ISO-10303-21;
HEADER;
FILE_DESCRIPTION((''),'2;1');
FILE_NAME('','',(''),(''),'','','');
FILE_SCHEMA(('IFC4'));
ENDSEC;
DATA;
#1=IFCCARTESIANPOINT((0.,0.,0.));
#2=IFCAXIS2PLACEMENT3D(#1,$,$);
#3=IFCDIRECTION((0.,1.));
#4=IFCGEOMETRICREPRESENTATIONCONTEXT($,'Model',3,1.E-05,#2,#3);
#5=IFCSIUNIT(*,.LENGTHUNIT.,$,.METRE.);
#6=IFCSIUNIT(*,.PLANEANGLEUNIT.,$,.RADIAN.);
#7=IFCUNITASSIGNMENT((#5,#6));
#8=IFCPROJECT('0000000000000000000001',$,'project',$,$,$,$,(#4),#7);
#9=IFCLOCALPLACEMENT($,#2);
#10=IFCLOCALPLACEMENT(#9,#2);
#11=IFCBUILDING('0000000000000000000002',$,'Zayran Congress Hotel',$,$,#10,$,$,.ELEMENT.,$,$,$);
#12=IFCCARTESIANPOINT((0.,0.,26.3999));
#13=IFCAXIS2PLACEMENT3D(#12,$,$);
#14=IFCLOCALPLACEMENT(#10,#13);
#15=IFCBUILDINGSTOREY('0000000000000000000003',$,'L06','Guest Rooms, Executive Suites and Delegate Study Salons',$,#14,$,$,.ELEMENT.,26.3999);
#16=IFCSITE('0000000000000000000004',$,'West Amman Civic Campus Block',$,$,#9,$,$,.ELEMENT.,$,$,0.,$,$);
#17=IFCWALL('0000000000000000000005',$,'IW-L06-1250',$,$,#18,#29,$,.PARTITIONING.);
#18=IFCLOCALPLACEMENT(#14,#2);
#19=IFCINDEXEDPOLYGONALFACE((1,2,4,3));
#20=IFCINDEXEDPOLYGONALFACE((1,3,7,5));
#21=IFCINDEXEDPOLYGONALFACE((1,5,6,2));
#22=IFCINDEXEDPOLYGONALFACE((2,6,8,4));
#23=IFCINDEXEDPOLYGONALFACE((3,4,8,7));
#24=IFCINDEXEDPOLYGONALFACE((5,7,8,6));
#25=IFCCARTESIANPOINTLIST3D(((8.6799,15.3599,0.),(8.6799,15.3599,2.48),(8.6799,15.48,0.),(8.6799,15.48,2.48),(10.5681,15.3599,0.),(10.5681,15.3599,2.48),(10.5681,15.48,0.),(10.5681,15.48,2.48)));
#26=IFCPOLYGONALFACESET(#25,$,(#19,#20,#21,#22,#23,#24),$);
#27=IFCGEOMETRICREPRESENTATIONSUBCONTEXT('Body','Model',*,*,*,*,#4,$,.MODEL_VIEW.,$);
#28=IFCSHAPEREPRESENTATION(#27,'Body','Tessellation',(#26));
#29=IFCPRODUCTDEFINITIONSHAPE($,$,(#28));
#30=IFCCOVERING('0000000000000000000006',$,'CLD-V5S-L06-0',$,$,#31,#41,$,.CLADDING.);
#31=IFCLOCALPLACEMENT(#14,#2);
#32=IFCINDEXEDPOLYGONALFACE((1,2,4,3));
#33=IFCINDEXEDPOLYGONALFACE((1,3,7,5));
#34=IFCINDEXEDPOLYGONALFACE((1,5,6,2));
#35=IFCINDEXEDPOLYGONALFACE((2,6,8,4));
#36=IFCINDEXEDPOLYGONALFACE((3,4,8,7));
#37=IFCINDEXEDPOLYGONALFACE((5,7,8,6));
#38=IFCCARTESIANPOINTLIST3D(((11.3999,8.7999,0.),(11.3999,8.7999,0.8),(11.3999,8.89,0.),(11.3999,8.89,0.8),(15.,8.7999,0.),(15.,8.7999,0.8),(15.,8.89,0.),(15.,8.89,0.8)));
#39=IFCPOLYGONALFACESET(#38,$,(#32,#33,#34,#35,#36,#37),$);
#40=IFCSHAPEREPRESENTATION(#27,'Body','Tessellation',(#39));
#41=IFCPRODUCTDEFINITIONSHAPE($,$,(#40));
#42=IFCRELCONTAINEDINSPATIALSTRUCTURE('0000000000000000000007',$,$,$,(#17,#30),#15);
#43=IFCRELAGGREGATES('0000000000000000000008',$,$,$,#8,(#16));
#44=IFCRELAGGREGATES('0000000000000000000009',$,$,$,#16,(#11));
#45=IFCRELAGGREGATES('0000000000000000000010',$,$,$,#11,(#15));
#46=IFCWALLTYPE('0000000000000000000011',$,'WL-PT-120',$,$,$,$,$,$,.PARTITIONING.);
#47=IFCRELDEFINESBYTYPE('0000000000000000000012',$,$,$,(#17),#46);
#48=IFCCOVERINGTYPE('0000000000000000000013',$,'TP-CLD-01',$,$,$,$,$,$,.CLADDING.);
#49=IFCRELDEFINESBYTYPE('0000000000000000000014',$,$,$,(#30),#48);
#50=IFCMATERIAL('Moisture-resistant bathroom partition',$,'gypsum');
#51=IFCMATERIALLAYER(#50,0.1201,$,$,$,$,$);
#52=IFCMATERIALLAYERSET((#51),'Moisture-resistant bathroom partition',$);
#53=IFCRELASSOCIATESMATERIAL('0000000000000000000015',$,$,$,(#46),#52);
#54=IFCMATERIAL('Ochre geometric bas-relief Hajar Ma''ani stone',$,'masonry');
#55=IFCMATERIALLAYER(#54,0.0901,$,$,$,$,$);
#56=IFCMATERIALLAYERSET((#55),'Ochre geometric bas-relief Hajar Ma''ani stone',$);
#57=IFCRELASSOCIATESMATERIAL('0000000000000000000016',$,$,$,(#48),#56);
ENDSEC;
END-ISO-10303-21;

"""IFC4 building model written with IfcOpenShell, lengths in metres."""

from ifc_helpers import new_model, si_unit, direction, frame, frame_2d, origin, origin_2d, place, context, subcontext, project, spatial, rectangle, extrude, material, layer, layer_set, type_object, element, save


model = new_model("IFC4")

# Units and contexts
model_context = context("Model", 3, precision=1e-05, world=origin(), true_north=direction((0.0, 1.0)))
body_context = subcontext(model_context, "Body", "Model", "MODEL_VIEW")
ifc_project = project(units=[si_unit("LENGTHUNIT", "METRE"), si_unit("PLANEANGLEUNIT", "RADIAN")], contexts=[model_context])

# Site, building, storey
site_placement = place(None, origin())
site = spatial("IfcSite", under=ifc_project, at=site_placement, Name="West Amman Civic Campus Block", CompositionType="ELEMENT", RefElevation=0.0)
building_placement = place(site_placement, origin())
building = spatial("IfcBuilding", under=site, at=building_placement, Name="Zayran Congress Hotel", CompositionType="ELEMENT")
storey_placement = place(building_placement, frame((0.0, 0.0, 26.3999)))
storey = spatial("IfcBuildingStorey", under=building, at=storey_placement, Name="L06", Description="Guest Rooms, Executive Suites and Delegate Study Salons", CompositionType="ELEMENT", Elevation=26.3999)

# Shared definitions
ifc_material_1 = material(Name="Moisture-resistant bathroom partition", Category="gypsum")
ifc_layer_1 = layer(ifc_material_1, 0.1201)
ifc_layer_set_1 = layer_set([ifc_layer_1], Name="Moisture-resistant bathroom partition")
wall_type_1 = type_object("IfcWallType", Name="WL-PT-120", PredefinedType="PARTITIONING", material=ifc_layer_set_1)

# Wall
for number, where, z_axis, x_axis, name in (
    (1, (8.6799, 15.4199, 0.0), (0.0, 0.0, 1.0), (1.0, 0.0, 0.0), "IW-L06-1250"),
):
    element("IfcWall", number, at=place(storey_placement, frame(where, z_axis=z_axis, x_axis=x_axis)), inside=storey, type_object=wall_type_1, Name=name, PredefinedType="PARTITIONING", context=body_context, shape_type="SweptSolid", body=[
        extrude(rectangle(XDim=1.8882, YDim=0.1201, at=frame_2d((0.9441, 0.0))), origin(), (0.0, 0.0, 1.0), 2.48),
    ])

# Covering
ifc_material_2 = material(Name="Ochre geometric bas-relief Hajar Ma'ani stone", Category="masonry")
ifc_layer_2 = layer(ifc_material_2, 0.0901)
ifc_layer_set_2 = layer_set([ifc_layer_2], Name="Ochre geometric bas-relief Hajar Ma'ani stone")
covering_type = type_object("IfcCoveringType", Name="TP-CLD-01", PredefinedType="CLADDING", material=ifc_layer_set_2)
covering_placement = place(storey_placement, frame((13.2, 8.845, 0.0), z_axis=(0.0, 0.0, 1.0), x_axis=(1.0, 0.0, 0.0)))
element("IfcCovering", 2, at=covering_placement, inside=storey, type_object=covering_type, Name="CLD-V5S-L06-0", PredefinedType="CLADDING", context=body_context, shape_type="SweptSolid", body=[
    extrude(rectangle(XDim=3.6001, YDim=0.0901, at=origin_2d()), origin(), (0.0, 0.0, 1.0), 0.8),
])

save(model, "model.ifc")
